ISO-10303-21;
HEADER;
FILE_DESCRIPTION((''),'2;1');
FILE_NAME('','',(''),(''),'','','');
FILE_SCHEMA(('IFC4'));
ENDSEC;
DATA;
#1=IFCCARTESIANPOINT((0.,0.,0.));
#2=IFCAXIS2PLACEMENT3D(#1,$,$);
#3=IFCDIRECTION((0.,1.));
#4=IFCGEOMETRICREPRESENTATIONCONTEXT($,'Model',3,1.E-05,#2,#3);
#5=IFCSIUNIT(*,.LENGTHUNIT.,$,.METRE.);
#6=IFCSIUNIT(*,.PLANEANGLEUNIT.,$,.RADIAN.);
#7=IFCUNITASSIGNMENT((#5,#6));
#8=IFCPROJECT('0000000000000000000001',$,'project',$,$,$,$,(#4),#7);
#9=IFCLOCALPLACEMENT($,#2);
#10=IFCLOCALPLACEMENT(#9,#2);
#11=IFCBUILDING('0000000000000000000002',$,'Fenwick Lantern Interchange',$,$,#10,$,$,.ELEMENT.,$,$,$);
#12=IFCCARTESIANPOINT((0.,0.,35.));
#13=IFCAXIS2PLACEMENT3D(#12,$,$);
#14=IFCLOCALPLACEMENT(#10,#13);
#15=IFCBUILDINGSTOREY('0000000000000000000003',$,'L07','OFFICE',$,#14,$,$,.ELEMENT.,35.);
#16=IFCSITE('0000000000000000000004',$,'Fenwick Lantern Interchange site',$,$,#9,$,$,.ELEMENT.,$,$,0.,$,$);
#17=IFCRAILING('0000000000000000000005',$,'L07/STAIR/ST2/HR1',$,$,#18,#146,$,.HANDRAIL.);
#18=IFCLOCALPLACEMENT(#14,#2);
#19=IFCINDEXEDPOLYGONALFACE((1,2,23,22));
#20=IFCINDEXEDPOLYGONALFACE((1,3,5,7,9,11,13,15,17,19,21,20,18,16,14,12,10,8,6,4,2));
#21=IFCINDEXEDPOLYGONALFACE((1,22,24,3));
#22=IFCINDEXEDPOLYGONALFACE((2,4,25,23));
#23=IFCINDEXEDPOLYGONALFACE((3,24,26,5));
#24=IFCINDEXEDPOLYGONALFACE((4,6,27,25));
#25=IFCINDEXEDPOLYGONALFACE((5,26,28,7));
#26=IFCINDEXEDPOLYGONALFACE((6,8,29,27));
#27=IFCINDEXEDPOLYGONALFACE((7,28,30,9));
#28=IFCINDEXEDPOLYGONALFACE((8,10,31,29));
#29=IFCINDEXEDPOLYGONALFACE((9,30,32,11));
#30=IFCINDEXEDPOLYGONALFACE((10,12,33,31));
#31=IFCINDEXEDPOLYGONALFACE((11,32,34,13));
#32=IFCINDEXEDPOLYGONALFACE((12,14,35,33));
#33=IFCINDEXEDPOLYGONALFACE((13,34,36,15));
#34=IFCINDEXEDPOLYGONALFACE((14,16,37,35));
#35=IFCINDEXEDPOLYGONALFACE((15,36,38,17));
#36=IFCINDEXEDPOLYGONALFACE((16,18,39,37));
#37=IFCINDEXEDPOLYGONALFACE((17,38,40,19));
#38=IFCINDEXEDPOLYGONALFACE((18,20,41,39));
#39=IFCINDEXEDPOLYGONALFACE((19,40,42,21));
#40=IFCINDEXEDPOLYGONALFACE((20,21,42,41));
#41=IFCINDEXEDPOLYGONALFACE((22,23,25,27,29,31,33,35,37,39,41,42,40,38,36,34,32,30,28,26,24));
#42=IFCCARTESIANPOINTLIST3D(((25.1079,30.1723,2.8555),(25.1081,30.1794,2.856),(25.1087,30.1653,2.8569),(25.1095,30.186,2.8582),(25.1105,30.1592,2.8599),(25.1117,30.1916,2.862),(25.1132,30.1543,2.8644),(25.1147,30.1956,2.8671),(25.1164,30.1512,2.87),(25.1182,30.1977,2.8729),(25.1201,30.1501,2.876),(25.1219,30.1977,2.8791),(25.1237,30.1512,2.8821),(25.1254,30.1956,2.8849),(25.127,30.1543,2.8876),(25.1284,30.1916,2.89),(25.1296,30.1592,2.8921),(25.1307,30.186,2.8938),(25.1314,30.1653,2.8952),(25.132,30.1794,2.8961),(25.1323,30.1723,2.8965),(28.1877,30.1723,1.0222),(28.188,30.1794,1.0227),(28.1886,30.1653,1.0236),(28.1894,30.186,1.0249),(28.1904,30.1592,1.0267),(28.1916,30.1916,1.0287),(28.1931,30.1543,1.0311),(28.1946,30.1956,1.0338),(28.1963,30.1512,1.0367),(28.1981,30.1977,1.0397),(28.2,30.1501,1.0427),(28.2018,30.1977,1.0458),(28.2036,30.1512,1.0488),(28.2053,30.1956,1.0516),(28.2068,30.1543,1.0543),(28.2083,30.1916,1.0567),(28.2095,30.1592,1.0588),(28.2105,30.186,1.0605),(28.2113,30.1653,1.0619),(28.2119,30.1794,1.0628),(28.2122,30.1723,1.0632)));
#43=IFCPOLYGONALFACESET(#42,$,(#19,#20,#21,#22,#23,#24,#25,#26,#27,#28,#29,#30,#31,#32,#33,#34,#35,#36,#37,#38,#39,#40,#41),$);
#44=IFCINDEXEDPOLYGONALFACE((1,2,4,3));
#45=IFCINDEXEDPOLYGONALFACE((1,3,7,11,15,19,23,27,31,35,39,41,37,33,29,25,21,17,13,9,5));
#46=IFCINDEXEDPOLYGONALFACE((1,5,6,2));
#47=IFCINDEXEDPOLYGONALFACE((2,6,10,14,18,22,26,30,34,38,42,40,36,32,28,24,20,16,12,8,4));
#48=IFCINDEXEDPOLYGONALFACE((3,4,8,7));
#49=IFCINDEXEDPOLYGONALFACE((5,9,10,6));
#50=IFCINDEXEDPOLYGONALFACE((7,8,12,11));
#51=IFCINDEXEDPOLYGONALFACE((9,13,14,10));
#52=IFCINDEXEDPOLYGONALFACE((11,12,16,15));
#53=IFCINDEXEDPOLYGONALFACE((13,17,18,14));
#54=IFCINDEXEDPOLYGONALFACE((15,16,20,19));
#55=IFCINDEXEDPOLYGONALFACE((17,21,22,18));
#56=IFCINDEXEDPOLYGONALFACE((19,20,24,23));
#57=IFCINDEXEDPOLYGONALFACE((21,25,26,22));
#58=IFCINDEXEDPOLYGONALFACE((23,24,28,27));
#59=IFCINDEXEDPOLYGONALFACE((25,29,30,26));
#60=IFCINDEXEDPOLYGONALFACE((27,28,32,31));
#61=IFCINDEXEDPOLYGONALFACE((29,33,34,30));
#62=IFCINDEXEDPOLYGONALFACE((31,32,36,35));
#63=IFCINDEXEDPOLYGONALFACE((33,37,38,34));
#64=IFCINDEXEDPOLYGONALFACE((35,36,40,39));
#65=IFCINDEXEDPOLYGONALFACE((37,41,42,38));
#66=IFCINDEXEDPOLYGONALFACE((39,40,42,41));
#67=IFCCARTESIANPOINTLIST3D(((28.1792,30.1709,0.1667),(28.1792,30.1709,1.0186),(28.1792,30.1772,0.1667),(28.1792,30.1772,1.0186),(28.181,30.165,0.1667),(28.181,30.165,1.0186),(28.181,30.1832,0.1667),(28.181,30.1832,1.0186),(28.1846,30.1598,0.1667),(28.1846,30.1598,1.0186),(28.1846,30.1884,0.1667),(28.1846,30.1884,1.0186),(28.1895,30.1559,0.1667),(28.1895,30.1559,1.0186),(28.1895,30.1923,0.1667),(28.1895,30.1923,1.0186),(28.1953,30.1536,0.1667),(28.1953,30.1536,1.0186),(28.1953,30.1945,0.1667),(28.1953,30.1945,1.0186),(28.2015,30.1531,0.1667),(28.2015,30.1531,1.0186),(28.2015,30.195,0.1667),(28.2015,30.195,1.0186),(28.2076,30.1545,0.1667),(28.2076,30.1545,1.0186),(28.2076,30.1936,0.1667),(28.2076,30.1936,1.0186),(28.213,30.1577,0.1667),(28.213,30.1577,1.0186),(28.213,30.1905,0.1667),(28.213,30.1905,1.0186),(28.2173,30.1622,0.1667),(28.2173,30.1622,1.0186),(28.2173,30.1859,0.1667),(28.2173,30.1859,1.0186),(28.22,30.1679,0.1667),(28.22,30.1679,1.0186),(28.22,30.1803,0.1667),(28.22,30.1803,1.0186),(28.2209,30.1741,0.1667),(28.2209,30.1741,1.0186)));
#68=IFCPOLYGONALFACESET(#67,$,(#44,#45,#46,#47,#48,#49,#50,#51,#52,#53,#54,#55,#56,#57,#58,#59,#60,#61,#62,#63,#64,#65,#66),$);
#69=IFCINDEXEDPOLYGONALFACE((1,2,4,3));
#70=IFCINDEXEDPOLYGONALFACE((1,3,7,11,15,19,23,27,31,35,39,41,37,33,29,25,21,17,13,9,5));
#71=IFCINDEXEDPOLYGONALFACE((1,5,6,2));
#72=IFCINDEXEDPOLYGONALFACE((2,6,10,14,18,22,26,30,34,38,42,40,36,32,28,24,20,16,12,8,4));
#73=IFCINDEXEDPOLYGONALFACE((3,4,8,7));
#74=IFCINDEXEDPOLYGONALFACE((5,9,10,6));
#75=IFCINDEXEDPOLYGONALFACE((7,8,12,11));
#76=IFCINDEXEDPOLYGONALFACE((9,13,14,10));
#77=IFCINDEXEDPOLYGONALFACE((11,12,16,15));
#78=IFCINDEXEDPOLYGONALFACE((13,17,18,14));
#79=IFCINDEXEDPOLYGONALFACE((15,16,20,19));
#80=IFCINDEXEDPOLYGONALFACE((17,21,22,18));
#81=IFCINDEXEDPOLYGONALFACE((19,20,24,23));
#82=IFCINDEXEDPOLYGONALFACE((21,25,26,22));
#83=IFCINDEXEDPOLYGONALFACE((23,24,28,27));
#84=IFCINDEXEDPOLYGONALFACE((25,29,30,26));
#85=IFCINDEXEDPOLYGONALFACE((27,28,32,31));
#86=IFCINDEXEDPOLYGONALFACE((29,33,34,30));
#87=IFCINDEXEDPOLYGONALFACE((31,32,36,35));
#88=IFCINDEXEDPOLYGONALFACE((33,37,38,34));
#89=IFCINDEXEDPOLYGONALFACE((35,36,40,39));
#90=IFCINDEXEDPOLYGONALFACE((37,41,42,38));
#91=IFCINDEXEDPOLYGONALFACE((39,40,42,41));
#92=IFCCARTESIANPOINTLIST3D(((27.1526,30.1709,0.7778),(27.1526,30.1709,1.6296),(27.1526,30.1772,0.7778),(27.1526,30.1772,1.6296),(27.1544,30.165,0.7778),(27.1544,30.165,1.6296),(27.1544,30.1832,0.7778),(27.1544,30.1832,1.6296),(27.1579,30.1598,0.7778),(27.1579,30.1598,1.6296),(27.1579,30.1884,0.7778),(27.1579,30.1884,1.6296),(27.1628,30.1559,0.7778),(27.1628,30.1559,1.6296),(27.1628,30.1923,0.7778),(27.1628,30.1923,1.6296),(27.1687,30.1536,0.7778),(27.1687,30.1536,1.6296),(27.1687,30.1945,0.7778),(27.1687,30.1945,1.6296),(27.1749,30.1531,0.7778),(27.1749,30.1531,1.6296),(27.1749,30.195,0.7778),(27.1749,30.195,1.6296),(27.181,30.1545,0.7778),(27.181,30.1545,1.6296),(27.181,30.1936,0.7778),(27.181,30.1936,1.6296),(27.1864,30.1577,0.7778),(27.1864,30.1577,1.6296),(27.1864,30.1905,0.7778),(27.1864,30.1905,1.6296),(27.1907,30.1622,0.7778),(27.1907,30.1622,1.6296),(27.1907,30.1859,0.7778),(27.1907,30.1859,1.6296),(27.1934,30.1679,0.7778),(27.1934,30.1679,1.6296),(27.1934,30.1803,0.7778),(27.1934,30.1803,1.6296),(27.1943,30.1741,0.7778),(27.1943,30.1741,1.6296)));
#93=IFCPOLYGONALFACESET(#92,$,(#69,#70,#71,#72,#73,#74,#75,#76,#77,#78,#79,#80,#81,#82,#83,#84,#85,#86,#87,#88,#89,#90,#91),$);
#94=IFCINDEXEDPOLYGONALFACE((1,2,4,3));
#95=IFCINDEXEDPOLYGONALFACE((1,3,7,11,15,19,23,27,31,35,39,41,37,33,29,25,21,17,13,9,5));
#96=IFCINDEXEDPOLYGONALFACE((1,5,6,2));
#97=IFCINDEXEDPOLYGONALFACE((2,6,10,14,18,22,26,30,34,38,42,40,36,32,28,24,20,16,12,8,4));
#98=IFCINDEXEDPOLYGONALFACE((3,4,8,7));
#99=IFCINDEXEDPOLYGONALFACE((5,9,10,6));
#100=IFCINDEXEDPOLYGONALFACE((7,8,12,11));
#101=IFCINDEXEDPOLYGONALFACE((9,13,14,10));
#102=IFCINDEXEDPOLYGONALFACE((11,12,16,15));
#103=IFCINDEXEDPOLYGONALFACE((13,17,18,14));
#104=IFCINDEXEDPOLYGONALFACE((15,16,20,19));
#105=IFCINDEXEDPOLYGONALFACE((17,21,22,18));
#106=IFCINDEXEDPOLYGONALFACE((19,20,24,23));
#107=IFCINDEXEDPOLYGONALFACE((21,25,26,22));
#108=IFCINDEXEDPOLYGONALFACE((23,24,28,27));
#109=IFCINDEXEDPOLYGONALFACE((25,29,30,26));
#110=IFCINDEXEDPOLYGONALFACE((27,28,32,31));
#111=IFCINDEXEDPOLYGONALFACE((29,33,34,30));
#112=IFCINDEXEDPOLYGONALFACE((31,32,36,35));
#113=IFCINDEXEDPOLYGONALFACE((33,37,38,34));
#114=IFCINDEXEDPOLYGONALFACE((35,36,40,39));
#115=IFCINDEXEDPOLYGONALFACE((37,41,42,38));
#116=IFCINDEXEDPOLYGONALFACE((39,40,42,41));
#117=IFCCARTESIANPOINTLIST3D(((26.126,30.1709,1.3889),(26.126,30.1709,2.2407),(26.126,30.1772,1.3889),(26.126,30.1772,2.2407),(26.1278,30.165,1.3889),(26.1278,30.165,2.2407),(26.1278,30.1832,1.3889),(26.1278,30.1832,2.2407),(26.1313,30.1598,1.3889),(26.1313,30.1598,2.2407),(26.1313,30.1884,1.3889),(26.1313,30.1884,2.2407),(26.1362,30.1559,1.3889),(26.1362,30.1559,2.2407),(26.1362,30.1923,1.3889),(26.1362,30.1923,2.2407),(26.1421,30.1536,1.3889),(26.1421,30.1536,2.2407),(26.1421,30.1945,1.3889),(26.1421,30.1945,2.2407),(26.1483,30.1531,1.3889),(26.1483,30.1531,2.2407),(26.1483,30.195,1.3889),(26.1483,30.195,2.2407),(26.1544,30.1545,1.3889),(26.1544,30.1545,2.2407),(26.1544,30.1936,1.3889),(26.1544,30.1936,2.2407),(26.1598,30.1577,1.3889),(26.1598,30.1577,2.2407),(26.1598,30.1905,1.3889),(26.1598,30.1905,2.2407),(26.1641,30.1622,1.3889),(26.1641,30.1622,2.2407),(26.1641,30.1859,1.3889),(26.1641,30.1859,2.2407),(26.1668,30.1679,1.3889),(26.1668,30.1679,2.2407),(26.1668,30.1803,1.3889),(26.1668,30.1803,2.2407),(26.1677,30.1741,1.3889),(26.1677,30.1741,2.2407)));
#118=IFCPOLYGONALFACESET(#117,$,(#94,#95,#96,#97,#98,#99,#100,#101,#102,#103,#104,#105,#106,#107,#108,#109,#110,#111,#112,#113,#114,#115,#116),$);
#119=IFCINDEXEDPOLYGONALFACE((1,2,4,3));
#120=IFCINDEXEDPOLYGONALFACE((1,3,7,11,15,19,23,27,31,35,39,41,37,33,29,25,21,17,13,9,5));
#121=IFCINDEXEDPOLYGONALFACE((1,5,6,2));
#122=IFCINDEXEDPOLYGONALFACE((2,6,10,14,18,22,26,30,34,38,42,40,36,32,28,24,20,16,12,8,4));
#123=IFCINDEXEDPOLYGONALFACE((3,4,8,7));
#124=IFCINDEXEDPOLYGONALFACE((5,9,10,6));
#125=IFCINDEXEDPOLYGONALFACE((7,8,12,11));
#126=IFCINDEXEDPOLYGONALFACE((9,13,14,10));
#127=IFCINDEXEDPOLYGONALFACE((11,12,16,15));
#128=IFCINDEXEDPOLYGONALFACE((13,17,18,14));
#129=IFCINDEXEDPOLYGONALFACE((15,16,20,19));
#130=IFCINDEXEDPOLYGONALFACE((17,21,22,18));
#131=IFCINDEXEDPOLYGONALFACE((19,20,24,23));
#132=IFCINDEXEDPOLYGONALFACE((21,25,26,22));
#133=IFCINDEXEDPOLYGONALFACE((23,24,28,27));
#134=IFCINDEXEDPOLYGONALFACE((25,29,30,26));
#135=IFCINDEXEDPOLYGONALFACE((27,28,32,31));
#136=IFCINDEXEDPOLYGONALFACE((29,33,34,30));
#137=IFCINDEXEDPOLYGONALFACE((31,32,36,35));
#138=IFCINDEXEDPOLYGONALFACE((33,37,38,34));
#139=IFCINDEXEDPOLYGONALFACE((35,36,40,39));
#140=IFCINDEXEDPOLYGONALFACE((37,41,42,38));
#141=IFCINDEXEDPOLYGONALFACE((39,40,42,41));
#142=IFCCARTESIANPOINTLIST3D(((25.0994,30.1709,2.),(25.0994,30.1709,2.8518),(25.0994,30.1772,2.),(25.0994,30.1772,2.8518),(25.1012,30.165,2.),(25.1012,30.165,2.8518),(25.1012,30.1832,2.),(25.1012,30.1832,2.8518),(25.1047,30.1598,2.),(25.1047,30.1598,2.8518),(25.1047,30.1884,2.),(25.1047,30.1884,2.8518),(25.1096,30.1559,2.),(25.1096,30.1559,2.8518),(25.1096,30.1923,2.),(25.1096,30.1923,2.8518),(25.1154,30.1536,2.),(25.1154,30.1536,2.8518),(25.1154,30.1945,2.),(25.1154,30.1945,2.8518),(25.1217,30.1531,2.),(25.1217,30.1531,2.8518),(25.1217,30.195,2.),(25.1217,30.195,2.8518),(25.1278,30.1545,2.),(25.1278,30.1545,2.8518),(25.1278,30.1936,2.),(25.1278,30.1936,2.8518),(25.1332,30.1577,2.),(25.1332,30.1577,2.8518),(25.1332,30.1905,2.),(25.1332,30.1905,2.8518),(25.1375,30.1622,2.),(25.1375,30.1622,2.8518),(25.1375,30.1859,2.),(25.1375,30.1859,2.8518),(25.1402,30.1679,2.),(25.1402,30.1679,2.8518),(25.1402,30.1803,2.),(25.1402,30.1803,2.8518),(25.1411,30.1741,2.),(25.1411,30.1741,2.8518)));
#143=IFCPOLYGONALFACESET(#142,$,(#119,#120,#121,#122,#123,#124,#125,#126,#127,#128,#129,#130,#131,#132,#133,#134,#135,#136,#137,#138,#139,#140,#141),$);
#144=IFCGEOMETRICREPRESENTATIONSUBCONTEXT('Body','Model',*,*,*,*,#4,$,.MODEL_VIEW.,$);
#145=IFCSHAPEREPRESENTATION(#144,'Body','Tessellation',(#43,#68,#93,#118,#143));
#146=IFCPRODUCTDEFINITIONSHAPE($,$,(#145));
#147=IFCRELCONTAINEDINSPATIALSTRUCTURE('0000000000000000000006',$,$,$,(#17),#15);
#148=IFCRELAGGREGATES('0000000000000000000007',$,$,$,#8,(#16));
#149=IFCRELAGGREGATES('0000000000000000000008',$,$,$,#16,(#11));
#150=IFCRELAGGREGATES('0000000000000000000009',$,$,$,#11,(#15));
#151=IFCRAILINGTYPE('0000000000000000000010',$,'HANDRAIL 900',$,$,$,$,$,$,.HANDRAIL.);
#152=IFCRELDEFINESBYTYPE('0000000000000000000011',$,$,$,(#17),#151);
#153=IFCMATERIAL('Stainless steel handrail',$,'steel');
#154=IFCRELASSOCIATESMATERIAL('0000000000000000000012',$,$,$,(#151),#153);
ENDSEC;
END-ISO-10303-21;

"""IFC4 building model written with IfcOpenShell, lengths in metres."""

from ifc_helpers import new_model, si_unit, direction, frame, origin, origin_2d, place, context, subcontext, project, spatial, circle, extrude, material, type_object, element, save


model = new_model("IFC4")

# Units and contexts
model_context = context("Model", 3, precision=1e-05, world=origin(), true_north=direction((0.0, 1.0)))
body_context = subcontext(model_context, "Body", "Model", "MODEL_VIEW")
ifc_project = project(units=[si_unit("LENGTHUNIT", "METRE"), si_unit("PLANEANGLEUNIT", "RADIAN")], contexts=[model_context])

# Site, building, storey
site_placement = place(None, origin())
site = spatial("IfcSite", under=ifc_project, at=site_placement, Name="Fenwick Lantern Interchange site", CompositionType="ELEMENT", RefElevation=0.0)
building_placement = place(site_placement, origin())
building = spatial("IfcBuilding", under=site, at=building_placement, Name="Fenwick Lantern Interchange", CompositionType="ELEMENT")
storey_placement = place(building_placement, frame((0.0, 0.0, 35.0)))
storey = spatial("IfcBuildingStorey", under=building, at=storey_placement, Name="L07", Description="OFFICE", CompositionType="ELEMENT", Elevation=35.0)

# Railing
ifc_material_1 = material(Name="Stainless steel handrail", Category="steel")
railing_type = type_object("IfcRailingType", Name="HANDRAIL 900", PredefinedType="HANDRAIL", material=ifc_material_1)
railing_1_placement = place(storey_placement, frame((28.2, 30.1741, 0.1667)))
element("IfcRailing", 1, at=railing_1_placement, inside=storey, type_object=railing_type, Name="L07/STAIR/ST2/HR1", PredefinedType="HANDRAIL", context=body_context, shape_type="SweptSolid", body=[
    extrude(circle(Radius=0.0239, at=origin_2d()), frame((0.0, 0.0, 0.876), z_axis=(-0.859291, 0.0, 0.511487), x_axis=(0.0, -1.0, 0.0)), (0.0, 0.0, 1.0), 3.5842),
    extrude(circle(Radius=0.021, at=origin_2d()), origin(), (0.0, 0.0, 1.0), 0.8518),
    extrude(circle(Radius=0.021, at=origin_2d()), frame((-1.0266, 0.0, 0.6111)), (0.0, 0.0, 1.0), 0.8518),
    extrude(circle(Radius=0.021, at=origin_2d()), frame((-2.0532, 0.0, 1.2222)), (0.0, 0.0, 1.0), 0.8518),
    extrude(circle(Radius=0.021, at=origin_2d()), frame((-3.0798, 0.0, 1.8333)), (0.0, 0.0, 1.0), 0.8518),
])

save(model, "model.ifc")
